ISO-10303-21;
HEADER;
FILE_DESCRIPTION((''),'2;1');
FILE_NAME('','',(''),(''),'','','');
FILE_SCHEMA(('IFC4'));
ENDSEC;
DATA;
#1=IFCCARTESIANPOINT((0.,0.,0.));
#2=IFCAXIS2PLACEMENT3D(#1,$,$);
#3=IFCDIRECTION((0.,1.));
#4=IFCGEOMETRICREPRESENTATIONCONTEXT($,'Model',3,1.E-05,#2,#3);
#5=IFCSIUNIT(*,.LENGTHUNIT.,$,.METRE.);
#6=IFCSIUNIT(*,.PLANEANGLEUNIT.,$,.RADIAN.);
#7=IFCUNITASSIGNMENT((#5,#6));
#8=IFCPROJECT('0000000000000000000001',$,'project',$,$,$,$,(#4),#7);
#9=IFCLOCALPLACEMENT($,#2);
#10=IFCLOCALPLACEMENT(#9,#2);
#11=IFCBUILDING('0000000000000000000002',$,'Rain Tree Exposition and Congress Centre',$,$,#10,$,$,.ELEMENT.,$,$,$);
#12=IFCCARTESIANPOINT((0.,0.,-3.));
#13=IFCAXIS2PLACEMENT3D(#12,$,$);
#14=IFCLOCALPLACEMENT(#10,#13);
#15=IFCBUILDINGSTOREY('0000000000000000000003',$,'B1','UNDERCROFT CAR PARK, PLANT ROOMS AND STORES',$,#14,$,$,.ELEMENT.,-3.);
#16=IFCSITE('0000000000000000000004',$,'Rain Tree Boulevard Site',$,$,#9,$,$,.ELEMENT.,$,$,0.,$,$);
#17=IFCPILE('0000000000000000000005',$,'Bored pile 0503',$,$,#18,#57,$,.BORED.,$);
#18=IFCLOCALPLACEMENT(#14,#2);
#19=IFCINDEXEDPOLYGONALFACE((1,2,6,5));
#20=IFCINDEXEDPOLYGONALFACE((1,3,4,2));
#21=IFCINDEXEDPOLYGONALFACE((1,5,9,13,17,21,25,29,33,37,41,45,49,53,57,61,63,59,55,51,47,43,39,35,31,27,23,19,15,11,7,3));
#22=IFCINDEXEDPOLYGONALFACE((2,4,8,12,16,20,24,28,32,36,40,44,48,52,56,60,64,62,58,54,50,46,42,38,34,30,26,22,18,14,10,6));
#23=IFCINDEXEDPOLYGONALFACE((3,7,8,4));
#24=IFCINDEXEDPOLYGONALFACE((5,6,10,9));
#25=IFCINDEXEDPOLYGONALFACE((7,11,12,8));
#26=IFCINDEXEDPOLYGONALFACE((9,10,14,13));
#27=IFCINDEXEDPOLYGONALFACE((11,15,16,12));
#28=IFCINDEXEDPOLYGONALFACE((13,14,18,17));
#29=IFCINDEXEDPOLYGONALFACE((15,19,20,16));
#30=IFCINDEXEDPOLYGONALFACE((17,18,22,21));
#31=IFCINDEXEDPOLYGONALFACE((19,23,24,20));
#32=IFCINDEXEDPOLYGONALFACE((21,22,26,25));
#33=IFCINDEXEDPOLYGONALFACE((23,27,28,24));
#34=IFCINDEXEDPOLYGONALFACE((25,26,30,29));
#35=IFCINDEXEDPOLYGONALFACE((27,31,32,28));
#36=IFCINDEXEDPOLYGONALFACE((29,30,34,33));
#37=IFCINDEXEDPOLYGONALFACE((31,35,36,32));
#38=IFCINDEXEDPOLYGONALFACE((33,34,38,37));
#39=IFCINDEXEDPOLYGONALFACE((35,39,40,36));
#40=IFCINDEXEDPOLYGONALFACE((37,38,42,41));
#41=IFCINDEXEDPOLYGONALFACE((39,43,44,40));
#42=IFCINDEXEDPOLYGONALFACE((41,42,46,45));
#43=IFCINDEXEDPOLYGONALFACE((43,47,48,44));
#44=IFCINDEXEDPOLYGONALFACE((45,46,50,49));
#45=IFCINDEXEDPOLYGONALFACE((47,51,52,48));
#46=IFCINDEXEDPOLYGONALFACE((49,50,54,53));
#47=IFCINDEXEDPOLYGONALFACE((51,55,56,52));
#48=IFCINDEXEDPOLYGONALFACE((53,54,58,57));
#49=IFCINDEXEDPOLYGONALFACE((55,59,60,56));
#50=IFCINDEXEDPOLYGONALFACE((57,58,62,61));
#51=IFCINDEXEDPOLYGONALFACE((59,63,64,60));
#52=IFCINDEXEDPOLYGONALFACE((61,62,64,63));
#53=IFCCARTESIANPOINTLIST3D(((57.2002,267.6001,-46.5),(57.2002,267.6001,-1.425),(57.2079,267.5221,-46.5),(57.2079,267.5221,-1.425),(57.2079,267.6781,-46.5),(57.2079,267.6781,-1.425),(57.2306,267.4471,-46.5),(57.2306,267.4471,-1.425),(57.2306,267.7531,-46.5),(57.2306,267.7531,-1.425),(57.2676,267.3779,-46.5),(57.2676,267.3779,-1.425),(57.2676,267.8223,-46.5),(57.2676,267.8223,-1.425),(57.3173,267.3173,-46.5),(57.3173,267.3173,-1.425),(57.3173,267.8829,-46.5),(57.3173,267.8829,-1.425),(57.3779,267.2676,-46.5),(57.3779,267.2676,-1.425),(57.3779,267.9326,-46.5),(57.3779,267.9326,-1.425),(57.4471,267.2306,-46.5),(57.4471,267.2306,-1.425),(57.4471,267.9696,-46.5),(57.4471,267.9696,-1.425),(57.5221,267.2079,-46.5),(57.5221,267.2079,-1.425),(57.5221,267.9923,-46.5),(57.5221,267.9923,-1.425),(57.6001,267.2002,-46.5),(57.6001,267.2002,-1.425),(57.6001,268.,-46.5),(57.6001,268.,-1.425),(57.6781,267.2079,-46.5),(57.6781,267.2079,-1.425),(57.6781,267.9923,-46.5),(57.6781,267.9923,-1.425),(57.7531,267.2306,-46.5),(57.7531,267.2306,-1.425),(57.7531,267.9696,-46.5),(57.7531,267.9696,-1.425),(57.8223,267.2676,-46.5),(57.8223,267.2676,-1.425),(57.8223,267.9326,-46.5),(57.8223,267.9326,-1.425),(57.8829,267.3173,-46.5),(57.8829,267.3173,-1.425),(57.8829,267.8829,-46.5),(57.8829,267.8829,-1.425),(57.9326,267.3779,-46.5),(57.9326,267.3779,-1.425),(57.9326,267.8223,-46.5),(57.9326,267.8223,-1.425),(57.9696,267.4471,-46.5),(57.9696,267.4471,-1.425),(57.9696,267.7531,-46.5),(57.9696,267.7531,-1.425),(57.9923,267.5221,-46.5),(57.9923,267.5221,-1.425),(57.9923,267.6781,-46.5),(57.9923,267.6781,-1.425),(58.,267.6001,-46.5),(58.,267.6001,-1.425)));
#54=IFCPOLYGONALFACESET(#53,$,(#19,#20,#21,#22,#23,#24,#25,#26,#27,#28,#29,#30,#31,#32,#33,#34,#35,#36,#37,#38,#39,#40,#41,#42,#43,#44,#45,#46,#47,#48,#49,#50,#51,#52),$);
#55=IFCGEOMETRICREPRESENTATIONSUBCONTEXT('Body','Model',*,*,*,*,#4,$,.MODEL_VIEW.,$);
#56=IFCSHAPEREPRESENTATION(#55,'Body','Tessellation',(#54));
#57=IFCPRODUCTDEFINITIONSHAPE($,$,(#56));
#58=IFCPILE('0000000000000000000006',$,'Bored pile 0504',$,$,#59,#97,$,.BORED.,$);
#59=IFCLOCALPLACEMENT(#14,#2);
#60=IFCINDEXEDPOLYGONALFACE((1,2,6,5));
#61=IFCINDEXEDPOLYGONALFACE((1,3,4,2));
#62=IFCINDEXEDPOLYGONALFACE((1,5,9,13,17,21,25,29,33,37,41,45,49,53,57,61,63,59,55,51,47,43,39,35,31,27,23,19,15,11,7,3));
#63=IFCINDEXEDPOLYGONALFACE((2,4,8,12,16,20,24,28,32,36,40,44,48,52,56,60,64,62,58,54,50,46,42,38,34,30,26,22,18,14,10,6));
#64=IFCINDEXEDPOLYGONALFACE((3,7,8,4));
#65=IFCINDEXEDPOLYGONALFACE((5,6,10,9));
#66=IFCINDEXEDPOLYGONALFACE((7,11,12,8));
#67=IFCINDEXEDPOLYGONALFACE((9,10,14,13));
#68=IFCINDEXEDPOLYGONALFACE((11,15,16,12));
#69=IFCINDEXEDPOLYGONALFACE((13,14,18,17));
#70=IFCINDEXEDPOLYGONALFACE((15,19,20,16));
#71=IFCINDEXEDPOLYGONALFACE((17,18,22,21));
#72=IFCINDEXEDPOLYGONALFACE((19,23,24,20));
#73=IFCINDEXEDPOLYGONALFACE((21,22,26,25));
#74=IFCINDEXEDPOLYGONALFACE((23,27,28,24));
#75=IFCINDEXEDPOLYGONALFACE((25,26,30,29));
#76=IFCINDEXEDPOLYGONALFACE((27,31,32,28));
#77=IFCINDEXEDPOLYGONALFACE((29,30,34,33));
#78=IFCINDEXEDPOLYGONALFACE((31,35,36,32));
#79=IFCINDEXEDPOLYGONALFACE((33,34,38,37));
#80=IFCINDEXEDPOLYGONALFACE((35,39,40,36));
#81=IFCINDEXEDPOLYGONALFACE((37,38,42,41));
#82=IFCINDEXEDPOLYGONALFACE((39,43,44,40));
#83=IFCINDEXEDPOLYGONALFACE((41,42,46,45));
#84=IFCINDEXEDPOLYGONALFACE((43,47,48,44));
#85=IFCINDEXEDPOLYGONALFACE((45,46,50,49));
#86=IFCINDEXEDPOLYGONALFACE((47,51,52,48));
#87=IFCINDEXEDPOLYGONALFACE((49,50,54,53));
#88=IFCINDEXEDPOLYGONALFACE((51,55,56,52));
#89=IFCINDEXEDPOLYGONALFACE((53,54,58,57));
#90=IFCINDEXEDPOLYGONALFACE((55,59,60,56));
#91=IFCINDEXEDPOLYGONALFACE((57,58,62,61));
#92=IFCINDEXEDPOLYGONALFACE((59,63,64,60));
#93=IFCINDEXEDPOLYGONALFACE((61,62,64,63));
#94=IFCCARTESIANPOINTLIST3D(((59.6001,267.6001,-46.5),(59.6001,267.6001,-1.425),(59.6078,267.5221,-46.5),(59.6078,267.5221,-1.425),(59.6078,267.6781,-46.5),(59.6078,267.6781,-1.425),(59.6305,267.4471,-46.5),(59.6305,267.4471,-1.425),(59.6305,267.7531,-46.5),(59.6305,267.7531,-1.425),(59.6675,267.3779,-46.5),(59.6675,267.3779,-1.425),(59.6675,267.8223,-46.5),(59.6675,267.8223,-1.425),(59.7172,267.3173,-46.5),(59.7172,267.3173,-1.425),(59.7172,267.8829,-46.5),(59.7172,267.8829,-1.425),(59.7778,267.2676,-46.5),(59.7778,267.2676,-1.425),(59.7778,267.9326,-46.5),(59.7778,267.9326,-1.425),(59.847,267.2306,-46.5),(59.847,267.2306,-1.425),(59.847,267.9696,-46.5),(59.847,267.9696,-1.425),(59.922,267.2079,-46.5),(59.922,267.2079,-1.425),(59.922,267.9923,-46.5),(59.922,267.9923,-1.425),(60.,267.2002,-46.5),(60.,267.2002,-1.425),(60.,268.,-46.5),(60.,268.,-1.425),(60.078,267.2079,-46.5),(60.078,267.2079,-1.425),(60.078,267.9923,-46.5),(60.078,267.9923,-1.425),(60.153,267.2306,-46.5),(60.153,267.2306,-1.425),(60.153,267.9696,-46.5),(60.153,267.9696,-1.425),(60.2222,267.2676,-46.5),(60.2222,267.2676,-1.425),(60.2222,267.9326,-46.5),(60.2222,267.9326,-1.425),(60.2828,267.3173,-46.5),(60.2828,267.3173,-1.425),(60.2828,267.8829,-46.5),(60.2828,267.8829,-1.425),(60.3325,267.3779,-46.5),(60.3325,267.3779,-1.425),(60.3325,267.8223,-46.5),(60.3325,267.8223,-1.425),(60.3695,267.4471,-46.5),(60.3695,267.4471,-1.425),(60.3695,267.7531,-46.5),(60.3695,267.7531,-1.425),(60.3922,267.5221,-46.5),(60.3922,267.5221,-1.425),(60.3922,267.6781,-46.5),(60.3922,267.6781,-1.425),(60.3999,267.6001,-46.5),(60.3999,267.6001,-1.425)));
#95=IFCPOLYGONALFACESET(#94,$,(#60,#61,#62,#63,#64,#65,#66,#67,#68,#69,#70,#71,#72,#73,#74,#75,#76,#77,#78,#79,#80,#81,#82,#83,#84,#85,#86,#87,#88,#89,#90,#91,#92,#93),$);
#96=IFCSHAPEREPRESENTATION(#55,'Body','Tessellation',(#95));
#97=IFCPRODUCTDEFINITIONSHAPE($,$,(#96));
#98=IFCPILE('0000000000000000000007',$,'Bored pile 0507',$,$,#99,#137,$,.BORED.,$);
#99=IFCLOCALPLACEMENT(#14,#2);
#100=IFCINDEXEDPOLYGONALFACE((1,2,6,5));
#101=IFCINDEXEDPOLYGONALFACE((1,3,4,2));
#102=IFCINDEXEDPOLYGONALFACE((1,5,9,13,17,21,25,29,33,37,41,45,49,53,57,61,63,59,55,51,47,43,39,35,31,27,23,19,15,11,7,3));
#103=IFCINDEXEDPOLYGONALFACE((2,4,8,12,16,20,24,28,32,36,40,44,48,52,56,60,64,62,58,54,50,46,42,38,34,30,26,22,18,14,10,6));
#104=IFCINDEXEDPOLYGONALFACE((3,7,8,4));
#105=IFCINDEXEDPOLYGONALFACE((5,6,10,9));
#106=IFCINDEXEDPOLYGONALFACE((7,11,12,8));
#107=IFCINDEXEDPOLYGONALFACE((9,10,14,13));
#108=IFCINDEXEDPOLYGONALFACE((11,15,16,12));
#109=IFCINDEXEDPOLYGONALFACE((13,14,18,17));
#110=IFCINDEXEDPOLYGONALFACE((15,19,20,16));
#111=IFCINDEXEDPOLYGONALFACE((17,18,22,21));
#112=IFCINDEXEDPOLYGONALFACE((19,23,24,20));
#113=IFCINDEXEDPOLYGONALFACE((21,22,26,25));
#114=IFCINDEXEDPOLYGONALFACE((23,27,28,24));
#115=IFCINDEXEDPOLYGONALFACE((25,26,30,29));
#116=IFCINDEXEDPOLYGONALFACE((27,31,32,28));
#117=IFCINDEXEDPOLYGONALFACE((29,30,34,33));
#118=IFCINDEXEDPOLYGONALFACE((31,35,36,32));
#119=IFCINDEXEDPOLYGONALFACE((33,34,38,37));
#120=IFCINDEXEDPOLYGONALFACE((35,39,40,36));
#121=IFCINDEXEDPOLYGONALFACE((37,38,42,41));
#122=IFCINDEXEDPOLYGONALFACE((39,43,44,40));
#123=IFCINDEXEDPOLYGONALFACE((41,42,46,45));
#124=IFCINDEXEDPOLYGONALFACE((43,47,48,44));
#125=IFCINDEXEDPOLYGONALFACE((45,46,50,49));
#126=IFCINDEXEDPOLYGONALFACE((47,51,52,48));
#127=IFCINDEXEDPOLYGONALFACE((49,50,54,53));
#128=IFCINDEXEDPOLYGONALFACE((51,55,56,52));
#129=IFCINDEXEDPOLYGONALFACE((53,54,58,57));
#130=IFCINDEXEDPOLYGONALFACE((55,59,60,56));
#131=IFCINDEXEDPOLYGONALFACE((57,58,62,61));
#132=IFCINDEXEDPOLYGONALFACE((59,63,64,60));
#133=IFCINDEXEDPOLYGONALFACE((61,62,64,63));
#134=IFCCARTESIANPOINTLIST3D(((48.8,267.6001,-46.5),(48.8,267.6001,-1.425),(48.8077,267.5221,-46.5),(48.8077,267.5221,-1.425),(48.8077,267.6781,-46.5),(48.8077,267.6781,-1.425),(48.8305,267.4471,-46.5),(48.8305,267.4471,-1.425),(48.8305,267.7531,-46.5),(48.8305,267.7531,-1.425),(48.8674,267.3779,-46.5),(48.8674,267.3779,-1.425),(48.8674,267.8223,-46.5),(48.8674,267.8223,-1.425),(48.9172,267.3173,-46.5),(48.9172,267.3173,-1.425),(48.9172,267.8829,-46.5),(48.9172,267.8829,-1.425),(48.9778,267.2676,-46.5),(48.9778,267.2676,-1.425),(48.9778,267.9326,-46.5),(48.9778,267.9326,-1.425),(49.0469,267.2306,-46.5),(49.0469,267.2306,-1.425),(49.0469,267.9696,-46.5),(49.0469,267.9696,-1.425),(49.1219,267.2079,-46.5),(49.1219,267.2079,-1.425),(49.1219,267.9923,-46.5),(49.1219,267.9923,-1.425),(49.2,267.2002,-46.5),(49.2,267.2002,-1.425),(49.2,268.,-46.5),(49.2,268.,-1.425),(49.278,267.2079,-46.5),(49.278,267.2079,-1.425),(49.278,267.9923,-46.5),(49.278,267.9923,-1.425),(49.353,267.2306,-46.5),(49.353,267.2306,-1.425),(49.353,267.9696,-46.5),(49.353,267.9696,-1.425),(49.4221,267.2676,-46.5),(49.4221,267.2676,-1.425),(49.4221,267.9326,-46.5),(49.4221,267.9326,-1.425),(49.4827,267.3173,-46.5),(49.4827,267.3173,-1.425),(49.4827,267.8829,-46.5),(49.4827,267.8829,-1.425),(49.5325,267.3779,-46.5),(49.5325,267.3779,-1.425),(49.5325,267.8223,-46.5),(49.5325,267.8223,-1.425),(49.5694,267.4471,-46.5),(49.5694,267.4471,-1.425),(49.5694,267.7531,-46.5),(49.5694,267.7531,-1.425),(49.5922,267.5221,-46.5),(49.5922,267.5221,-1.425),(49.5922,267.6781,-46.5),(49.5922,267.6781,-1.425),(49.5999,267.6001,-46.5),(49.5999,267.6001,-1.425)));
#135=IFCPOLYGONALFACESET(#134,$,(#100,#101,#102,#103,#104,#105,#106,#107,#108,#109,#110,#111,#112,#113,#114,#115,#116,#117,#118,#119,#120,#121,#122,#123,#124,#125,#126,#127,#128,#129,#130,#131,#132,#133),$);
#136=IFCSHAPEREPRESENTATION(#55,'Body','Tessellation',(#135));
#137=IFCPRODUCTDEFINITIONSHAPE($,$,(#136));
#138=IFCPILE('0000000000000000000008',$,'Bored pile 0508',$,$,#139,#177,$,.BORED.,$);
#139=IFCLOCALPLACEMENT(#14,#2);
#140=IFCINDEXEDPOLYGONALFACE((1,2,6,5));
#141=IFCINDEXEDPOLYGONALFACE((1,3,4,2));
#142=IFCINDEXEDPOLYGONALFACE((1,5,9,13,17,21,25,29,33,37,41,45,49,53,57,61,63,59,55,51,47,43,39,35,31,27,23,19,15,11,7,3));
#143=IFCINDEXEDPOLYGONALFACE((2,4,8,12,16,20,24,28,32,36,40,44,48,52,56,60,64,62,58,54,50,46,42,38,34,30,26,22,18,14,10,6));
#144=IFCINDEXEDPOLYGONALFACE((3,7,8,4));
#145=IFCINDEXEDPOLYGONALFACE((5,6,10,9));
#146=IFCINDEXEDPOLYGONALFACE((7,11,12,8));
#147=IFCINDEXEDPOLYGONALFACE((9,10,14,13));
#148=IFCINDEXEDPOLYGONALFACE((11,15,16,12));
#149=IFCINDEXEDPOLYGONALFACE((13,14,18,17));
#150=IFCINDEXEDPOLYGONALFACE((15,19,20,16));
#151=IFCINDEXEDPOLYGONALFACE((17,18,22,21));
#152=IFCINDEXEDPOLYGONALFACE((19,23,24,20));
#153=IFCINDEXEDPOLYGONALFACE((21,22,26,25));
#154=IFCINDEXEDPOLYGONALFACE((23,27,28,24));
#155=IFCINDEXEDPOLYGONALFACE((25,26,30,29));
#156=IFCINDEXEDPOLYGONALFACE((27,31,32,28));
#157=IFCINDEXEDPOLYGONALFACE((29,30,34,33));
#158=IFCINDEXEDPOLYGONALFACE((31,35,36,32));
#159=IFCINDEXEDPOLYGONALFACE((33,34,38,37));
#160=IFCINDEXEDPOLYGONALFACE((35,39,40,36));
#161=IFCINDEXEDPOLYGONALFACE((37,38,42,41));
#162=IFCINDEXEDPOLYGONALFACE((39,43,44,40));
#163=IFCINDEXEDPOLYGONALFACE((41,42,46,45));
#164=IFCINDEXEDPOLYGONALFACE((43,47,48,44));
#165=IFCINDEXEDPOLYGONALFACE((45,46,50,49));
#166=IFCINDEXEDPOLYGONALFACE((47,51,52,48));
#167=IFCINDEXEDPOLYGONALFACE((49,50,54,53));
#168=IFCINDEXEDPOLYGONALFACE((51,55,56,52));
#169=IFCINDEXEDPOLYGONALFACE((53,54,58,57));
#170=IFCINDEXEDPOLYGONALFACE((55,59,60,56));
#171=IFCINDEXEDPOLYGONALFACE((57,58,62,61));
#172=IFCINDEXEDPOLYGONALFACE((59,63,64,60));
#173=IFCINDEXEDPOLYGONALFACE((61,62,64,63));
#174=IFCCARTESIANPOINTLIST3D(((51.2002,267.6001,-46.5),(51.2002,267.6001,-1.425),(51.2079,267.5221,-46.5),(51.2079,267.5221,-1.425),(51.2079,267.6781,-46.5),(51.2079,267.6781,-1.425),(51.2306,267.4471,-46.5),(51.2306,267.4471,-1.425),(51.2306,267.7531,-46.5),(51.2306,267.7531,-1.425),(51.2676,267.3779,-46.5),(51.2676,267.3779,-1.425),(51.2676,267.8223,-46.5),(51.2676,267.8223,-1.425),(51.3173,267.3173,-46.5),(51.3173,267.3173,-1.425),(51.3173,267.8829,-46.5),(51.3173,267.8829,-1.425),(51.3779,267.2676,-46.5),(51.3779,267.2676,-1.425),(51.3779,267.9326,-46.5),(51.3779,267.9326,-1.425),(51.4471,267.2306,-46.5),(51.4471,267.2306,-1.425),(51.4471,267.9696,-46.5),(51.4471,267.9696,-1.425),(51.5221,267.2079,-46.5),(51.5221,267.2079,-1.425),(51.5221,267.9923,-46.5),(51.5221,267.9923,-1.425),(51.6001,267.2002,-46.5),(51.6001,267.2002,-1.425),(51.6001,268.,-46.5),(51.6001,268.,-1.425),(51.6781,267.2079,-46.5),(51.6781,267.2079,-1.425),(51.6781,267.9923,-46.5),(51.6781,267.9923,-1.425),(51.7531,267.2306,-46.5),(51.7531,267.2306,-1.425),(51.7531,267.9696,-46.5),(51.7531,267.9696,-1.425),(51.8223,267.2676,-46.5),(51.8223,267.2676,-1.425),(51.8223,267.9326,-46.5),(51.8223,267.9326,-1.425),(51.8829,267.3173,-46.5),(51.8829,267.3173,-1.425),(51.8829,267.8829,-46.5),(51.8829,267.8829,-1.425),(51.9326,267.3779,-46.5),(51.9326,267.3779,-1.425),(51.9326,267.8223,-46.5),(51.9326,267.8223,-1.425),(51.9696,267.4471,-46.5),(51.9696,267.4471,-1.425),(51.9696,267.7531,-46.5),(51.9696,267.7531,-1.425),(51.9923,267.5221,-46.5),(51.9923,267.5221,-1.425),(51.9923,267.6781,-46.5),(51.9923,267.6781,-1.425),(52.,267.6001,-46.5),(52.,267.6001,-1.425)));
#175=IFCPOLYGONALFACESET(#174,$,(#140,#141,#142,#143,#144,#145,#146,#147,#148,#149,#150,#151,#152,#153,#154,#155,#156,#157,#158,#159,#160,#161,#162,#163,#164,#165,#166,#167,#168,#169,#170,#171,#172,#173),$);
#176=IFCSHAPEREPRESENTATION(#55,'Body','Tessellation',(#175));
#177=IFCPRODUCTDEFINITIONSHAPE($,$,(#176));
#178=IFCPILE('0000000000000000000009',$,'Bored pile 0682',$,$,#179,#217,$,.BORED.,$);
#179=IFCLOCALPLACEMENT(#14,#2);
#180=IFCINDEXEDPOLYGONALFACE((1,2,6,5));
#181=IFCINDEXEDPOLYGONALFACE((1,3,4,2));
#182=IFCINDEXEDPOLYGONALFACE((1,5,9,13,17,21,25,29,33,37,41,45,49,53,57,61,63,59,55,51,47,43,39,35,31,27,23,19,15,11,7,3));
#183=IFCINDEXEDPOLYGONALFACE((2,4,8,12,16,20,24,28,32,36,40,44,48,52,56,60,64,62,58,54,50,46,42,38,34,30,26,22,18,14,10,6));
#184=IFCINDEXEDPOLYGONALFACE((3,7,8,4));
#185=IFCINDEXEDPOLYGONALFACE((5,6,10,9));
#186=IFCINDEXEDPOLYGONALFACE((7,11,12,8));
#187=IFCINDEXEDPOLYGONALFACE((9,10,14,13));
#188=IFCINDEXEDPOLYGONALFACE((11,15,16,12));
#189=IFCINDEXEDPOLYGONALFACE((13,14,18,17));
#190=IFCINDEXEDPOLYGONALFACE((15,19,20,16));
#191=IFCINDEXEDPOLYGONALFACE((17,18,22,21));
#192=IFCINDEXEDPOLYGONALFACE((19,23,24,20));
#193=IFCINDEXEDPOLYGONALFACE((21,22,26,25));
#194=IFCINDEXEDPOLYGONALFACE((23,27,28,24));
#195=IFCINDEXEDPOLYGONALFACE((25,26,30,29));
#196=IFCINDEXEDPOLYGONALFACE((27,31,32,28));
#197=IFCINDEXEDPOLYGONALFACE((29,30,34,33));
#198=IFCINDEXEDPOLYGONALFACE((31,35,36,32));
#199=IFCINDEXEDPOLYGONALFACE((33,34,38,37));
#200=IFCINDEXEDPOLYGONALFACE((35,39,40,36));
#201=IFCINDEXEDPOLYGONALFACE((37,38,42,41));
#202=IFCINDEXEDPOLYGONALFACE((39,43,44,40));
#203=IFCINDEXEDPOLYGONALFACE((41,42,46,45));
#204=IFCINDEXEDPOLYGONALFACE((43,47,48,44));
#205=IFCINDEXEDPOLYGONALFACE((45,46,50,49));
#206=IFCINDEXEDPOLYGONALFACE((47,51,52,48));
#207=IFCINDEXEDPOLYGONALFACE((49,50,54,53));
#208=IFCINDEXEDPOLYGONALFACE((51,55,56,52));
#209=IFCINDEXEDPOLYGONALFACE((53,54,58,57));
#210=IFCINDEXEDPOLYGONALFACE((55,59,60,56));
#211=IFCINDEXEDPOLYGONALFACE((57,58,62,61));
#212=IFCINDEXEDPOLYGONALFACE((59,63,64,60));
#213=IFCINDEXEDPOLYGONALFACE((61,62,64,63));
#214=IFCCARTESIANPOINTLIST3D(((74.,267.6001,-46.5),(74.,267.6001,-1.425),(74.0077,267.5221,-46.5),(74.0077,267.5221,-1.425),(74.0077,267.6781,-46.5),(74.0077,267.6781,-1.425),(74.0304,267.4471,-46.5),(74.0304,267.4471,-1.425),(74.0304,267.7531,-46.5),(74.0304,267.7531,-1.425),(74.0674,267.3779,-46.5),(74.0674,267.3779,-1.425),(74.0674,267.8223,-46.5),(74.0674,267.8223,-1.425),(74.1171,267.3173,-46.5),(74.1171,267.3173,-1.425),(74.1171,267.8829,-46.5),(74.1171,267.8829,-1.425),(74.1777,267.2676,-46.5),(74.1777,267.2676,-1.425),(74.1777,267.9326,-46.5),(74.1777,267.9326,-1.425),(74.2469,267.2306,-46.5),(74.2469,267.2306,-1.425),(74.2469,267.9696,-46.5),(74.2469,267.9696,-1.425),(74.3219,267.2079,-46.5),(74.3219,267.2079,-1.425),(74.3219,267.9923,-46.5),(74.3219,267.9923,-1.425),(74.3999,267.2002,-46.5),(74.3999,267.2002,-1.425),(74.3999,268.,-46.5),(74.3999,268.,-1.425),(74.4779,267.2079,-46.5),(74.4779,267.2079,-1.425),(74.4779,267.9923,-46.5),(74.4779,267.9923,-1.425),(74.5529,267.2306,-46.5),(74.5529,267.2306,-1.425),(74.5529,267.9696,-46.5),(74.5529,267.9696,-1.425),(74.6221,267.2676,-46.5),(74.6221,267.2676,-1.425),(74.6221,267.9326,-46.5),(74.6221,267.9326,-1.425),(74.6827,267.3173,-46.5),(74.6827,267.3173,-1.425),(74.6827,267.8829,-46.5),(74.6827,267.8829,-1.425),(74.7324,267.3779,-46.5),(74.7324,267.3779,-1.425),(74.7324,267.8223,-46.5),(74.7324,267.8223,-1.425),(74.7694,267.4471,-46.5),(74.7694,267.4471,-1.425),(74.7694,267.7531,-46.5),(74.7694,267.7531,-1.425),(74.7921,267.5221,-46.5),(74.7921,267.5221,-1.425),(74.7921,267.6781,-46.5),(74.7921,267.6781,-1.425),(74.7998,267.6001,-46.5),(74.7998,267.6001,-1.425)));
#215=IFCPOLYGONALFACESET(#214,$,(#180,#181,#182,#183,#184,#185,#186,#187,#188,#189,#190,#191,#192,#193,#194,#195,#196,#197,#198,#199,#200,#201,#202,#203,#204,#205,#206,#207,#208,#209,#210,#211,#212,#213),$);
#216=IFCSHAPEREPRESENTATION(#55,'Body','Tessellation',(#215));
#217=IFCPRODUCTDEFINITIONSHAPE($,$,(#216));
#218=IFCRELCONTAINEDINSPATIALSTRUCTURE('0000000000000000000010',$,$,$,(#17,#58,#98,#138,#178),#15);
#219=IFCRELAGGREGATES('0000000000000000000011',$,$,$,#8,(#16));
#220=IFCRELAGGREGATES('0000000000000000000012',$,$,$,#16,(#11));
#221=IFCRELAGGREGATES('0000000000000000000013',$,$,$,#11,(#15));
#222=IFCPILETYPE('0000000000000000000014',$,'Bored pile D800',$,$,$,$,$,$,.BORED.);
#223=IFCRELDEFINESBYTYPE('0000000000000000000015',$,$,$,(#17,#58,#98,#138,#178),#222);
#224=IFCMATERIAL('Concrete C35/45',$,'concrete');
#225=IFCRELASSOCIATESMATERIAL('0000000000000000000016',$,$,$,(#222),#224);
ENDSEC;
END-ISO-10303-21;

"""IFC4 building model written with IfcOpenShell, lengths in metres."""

from ifc_helpers import new_model, si_unit, direction, frame, origin, origin_2d, place, context, subcontext, project, spatial, circle, extrude, material, material_profile, profile_set, type_object, element, save


model = new_model("IFC4")

# Units and contexts
model_context = context("Model", 3, precision=1e-05, world=origin(), true_north=direction((0.0, 1.0)))
body_context = subcontext(model_context, "Body", "Model", "MODEL_VIEW")
ifc_project = project(units=[si_unit("LENGTHUNIT", "METRE"), si_unit("PLANEANGLEUNIT", "RADIAN")], contexts=[model_context])

# Site, building, storey
site_placement = place(None, origin())
site = spatial("IfcSite", under=ifc_project, at=site_placement, Name="Rain Tree Boulevard Site", CompositionType="ELEMENT", RefElevation=0.0)
building_placement = place(site_placement, origin())
building = spatial("IfcBuilding", under=site, at=building_placement, Name="Rain Tree Exposition and Congress Centre", CompositionType="ELEMENT")
storey_placement = place(building_placement, frame((0.0, 0.0, -3.0)))
storey = spatial("IfcBuildingStorey", under=building, at=storey_placement, Name="B1", Description="UNDERCROFT CAR PARK, PLANT ROOMS AND STORES", CompositionType="ELEMENT", Elevation=-3.0)

# Piles
ifc_material_1 = material(Name="Concrete C35/45", Category="concrete")
ifc_material_profile_1 = material_profile(ifc_material_1, circle(Radius=0.3999, at=origin_2d()), Name="D800")
ifc_profile_set_1 = profile_set([ifc_material_profile_1], Name="Concrete C35/45")
pile_type_1 = type_object("IfcPileType", Name="Bored pile D800", PredefinedType="BORED", material=ifc_profile_set_1)
for number, where, z_axis, x_axis, name in (
    (1, (57.6001, 267.6001, -1.425), (0.0, 0.0, -1.0), (1.0, 0.0, 0.0), "Bored pile 0503"),
    (2, (60.0, 267.6001, -1.425), (0.0, 0.0, -1.0), (1.0, 0.0, 0.0), "Bored pile 0504"),
    (3, (49.2, 267.6001, -1.425), (0.0, 0.0, -1.0), (1.0, 0.0, 0.0), "Bored pile 0507"),
    (4, (51.6001, 267.6001, -1.425), (0.0, 0.0, -1.0), (1.0, 0.0, 0.0), "Bored pile 0508"),
    (5, (74.3999, 267.6001, -1.425), (0.0, 0.0, -1.0), (1.0, 0.0, 0.0), "Bored pile 0682"),
):
    element("IfcPile", number, at=place(storey_placement, frame(where, z_axis=z_axis, x_axis=x_axis)), inside=storey, type_object=pile_type_1, Name=name, PredefinedType="BORED", context=body_context, shape_type="SweptSolid", body=[
        extrude(circle(Radius=0.3999, at=origin_2d()), origin(), (0.0, 0.0, 1.0), 45.075),
    ])

save(model, "model.ifc")
